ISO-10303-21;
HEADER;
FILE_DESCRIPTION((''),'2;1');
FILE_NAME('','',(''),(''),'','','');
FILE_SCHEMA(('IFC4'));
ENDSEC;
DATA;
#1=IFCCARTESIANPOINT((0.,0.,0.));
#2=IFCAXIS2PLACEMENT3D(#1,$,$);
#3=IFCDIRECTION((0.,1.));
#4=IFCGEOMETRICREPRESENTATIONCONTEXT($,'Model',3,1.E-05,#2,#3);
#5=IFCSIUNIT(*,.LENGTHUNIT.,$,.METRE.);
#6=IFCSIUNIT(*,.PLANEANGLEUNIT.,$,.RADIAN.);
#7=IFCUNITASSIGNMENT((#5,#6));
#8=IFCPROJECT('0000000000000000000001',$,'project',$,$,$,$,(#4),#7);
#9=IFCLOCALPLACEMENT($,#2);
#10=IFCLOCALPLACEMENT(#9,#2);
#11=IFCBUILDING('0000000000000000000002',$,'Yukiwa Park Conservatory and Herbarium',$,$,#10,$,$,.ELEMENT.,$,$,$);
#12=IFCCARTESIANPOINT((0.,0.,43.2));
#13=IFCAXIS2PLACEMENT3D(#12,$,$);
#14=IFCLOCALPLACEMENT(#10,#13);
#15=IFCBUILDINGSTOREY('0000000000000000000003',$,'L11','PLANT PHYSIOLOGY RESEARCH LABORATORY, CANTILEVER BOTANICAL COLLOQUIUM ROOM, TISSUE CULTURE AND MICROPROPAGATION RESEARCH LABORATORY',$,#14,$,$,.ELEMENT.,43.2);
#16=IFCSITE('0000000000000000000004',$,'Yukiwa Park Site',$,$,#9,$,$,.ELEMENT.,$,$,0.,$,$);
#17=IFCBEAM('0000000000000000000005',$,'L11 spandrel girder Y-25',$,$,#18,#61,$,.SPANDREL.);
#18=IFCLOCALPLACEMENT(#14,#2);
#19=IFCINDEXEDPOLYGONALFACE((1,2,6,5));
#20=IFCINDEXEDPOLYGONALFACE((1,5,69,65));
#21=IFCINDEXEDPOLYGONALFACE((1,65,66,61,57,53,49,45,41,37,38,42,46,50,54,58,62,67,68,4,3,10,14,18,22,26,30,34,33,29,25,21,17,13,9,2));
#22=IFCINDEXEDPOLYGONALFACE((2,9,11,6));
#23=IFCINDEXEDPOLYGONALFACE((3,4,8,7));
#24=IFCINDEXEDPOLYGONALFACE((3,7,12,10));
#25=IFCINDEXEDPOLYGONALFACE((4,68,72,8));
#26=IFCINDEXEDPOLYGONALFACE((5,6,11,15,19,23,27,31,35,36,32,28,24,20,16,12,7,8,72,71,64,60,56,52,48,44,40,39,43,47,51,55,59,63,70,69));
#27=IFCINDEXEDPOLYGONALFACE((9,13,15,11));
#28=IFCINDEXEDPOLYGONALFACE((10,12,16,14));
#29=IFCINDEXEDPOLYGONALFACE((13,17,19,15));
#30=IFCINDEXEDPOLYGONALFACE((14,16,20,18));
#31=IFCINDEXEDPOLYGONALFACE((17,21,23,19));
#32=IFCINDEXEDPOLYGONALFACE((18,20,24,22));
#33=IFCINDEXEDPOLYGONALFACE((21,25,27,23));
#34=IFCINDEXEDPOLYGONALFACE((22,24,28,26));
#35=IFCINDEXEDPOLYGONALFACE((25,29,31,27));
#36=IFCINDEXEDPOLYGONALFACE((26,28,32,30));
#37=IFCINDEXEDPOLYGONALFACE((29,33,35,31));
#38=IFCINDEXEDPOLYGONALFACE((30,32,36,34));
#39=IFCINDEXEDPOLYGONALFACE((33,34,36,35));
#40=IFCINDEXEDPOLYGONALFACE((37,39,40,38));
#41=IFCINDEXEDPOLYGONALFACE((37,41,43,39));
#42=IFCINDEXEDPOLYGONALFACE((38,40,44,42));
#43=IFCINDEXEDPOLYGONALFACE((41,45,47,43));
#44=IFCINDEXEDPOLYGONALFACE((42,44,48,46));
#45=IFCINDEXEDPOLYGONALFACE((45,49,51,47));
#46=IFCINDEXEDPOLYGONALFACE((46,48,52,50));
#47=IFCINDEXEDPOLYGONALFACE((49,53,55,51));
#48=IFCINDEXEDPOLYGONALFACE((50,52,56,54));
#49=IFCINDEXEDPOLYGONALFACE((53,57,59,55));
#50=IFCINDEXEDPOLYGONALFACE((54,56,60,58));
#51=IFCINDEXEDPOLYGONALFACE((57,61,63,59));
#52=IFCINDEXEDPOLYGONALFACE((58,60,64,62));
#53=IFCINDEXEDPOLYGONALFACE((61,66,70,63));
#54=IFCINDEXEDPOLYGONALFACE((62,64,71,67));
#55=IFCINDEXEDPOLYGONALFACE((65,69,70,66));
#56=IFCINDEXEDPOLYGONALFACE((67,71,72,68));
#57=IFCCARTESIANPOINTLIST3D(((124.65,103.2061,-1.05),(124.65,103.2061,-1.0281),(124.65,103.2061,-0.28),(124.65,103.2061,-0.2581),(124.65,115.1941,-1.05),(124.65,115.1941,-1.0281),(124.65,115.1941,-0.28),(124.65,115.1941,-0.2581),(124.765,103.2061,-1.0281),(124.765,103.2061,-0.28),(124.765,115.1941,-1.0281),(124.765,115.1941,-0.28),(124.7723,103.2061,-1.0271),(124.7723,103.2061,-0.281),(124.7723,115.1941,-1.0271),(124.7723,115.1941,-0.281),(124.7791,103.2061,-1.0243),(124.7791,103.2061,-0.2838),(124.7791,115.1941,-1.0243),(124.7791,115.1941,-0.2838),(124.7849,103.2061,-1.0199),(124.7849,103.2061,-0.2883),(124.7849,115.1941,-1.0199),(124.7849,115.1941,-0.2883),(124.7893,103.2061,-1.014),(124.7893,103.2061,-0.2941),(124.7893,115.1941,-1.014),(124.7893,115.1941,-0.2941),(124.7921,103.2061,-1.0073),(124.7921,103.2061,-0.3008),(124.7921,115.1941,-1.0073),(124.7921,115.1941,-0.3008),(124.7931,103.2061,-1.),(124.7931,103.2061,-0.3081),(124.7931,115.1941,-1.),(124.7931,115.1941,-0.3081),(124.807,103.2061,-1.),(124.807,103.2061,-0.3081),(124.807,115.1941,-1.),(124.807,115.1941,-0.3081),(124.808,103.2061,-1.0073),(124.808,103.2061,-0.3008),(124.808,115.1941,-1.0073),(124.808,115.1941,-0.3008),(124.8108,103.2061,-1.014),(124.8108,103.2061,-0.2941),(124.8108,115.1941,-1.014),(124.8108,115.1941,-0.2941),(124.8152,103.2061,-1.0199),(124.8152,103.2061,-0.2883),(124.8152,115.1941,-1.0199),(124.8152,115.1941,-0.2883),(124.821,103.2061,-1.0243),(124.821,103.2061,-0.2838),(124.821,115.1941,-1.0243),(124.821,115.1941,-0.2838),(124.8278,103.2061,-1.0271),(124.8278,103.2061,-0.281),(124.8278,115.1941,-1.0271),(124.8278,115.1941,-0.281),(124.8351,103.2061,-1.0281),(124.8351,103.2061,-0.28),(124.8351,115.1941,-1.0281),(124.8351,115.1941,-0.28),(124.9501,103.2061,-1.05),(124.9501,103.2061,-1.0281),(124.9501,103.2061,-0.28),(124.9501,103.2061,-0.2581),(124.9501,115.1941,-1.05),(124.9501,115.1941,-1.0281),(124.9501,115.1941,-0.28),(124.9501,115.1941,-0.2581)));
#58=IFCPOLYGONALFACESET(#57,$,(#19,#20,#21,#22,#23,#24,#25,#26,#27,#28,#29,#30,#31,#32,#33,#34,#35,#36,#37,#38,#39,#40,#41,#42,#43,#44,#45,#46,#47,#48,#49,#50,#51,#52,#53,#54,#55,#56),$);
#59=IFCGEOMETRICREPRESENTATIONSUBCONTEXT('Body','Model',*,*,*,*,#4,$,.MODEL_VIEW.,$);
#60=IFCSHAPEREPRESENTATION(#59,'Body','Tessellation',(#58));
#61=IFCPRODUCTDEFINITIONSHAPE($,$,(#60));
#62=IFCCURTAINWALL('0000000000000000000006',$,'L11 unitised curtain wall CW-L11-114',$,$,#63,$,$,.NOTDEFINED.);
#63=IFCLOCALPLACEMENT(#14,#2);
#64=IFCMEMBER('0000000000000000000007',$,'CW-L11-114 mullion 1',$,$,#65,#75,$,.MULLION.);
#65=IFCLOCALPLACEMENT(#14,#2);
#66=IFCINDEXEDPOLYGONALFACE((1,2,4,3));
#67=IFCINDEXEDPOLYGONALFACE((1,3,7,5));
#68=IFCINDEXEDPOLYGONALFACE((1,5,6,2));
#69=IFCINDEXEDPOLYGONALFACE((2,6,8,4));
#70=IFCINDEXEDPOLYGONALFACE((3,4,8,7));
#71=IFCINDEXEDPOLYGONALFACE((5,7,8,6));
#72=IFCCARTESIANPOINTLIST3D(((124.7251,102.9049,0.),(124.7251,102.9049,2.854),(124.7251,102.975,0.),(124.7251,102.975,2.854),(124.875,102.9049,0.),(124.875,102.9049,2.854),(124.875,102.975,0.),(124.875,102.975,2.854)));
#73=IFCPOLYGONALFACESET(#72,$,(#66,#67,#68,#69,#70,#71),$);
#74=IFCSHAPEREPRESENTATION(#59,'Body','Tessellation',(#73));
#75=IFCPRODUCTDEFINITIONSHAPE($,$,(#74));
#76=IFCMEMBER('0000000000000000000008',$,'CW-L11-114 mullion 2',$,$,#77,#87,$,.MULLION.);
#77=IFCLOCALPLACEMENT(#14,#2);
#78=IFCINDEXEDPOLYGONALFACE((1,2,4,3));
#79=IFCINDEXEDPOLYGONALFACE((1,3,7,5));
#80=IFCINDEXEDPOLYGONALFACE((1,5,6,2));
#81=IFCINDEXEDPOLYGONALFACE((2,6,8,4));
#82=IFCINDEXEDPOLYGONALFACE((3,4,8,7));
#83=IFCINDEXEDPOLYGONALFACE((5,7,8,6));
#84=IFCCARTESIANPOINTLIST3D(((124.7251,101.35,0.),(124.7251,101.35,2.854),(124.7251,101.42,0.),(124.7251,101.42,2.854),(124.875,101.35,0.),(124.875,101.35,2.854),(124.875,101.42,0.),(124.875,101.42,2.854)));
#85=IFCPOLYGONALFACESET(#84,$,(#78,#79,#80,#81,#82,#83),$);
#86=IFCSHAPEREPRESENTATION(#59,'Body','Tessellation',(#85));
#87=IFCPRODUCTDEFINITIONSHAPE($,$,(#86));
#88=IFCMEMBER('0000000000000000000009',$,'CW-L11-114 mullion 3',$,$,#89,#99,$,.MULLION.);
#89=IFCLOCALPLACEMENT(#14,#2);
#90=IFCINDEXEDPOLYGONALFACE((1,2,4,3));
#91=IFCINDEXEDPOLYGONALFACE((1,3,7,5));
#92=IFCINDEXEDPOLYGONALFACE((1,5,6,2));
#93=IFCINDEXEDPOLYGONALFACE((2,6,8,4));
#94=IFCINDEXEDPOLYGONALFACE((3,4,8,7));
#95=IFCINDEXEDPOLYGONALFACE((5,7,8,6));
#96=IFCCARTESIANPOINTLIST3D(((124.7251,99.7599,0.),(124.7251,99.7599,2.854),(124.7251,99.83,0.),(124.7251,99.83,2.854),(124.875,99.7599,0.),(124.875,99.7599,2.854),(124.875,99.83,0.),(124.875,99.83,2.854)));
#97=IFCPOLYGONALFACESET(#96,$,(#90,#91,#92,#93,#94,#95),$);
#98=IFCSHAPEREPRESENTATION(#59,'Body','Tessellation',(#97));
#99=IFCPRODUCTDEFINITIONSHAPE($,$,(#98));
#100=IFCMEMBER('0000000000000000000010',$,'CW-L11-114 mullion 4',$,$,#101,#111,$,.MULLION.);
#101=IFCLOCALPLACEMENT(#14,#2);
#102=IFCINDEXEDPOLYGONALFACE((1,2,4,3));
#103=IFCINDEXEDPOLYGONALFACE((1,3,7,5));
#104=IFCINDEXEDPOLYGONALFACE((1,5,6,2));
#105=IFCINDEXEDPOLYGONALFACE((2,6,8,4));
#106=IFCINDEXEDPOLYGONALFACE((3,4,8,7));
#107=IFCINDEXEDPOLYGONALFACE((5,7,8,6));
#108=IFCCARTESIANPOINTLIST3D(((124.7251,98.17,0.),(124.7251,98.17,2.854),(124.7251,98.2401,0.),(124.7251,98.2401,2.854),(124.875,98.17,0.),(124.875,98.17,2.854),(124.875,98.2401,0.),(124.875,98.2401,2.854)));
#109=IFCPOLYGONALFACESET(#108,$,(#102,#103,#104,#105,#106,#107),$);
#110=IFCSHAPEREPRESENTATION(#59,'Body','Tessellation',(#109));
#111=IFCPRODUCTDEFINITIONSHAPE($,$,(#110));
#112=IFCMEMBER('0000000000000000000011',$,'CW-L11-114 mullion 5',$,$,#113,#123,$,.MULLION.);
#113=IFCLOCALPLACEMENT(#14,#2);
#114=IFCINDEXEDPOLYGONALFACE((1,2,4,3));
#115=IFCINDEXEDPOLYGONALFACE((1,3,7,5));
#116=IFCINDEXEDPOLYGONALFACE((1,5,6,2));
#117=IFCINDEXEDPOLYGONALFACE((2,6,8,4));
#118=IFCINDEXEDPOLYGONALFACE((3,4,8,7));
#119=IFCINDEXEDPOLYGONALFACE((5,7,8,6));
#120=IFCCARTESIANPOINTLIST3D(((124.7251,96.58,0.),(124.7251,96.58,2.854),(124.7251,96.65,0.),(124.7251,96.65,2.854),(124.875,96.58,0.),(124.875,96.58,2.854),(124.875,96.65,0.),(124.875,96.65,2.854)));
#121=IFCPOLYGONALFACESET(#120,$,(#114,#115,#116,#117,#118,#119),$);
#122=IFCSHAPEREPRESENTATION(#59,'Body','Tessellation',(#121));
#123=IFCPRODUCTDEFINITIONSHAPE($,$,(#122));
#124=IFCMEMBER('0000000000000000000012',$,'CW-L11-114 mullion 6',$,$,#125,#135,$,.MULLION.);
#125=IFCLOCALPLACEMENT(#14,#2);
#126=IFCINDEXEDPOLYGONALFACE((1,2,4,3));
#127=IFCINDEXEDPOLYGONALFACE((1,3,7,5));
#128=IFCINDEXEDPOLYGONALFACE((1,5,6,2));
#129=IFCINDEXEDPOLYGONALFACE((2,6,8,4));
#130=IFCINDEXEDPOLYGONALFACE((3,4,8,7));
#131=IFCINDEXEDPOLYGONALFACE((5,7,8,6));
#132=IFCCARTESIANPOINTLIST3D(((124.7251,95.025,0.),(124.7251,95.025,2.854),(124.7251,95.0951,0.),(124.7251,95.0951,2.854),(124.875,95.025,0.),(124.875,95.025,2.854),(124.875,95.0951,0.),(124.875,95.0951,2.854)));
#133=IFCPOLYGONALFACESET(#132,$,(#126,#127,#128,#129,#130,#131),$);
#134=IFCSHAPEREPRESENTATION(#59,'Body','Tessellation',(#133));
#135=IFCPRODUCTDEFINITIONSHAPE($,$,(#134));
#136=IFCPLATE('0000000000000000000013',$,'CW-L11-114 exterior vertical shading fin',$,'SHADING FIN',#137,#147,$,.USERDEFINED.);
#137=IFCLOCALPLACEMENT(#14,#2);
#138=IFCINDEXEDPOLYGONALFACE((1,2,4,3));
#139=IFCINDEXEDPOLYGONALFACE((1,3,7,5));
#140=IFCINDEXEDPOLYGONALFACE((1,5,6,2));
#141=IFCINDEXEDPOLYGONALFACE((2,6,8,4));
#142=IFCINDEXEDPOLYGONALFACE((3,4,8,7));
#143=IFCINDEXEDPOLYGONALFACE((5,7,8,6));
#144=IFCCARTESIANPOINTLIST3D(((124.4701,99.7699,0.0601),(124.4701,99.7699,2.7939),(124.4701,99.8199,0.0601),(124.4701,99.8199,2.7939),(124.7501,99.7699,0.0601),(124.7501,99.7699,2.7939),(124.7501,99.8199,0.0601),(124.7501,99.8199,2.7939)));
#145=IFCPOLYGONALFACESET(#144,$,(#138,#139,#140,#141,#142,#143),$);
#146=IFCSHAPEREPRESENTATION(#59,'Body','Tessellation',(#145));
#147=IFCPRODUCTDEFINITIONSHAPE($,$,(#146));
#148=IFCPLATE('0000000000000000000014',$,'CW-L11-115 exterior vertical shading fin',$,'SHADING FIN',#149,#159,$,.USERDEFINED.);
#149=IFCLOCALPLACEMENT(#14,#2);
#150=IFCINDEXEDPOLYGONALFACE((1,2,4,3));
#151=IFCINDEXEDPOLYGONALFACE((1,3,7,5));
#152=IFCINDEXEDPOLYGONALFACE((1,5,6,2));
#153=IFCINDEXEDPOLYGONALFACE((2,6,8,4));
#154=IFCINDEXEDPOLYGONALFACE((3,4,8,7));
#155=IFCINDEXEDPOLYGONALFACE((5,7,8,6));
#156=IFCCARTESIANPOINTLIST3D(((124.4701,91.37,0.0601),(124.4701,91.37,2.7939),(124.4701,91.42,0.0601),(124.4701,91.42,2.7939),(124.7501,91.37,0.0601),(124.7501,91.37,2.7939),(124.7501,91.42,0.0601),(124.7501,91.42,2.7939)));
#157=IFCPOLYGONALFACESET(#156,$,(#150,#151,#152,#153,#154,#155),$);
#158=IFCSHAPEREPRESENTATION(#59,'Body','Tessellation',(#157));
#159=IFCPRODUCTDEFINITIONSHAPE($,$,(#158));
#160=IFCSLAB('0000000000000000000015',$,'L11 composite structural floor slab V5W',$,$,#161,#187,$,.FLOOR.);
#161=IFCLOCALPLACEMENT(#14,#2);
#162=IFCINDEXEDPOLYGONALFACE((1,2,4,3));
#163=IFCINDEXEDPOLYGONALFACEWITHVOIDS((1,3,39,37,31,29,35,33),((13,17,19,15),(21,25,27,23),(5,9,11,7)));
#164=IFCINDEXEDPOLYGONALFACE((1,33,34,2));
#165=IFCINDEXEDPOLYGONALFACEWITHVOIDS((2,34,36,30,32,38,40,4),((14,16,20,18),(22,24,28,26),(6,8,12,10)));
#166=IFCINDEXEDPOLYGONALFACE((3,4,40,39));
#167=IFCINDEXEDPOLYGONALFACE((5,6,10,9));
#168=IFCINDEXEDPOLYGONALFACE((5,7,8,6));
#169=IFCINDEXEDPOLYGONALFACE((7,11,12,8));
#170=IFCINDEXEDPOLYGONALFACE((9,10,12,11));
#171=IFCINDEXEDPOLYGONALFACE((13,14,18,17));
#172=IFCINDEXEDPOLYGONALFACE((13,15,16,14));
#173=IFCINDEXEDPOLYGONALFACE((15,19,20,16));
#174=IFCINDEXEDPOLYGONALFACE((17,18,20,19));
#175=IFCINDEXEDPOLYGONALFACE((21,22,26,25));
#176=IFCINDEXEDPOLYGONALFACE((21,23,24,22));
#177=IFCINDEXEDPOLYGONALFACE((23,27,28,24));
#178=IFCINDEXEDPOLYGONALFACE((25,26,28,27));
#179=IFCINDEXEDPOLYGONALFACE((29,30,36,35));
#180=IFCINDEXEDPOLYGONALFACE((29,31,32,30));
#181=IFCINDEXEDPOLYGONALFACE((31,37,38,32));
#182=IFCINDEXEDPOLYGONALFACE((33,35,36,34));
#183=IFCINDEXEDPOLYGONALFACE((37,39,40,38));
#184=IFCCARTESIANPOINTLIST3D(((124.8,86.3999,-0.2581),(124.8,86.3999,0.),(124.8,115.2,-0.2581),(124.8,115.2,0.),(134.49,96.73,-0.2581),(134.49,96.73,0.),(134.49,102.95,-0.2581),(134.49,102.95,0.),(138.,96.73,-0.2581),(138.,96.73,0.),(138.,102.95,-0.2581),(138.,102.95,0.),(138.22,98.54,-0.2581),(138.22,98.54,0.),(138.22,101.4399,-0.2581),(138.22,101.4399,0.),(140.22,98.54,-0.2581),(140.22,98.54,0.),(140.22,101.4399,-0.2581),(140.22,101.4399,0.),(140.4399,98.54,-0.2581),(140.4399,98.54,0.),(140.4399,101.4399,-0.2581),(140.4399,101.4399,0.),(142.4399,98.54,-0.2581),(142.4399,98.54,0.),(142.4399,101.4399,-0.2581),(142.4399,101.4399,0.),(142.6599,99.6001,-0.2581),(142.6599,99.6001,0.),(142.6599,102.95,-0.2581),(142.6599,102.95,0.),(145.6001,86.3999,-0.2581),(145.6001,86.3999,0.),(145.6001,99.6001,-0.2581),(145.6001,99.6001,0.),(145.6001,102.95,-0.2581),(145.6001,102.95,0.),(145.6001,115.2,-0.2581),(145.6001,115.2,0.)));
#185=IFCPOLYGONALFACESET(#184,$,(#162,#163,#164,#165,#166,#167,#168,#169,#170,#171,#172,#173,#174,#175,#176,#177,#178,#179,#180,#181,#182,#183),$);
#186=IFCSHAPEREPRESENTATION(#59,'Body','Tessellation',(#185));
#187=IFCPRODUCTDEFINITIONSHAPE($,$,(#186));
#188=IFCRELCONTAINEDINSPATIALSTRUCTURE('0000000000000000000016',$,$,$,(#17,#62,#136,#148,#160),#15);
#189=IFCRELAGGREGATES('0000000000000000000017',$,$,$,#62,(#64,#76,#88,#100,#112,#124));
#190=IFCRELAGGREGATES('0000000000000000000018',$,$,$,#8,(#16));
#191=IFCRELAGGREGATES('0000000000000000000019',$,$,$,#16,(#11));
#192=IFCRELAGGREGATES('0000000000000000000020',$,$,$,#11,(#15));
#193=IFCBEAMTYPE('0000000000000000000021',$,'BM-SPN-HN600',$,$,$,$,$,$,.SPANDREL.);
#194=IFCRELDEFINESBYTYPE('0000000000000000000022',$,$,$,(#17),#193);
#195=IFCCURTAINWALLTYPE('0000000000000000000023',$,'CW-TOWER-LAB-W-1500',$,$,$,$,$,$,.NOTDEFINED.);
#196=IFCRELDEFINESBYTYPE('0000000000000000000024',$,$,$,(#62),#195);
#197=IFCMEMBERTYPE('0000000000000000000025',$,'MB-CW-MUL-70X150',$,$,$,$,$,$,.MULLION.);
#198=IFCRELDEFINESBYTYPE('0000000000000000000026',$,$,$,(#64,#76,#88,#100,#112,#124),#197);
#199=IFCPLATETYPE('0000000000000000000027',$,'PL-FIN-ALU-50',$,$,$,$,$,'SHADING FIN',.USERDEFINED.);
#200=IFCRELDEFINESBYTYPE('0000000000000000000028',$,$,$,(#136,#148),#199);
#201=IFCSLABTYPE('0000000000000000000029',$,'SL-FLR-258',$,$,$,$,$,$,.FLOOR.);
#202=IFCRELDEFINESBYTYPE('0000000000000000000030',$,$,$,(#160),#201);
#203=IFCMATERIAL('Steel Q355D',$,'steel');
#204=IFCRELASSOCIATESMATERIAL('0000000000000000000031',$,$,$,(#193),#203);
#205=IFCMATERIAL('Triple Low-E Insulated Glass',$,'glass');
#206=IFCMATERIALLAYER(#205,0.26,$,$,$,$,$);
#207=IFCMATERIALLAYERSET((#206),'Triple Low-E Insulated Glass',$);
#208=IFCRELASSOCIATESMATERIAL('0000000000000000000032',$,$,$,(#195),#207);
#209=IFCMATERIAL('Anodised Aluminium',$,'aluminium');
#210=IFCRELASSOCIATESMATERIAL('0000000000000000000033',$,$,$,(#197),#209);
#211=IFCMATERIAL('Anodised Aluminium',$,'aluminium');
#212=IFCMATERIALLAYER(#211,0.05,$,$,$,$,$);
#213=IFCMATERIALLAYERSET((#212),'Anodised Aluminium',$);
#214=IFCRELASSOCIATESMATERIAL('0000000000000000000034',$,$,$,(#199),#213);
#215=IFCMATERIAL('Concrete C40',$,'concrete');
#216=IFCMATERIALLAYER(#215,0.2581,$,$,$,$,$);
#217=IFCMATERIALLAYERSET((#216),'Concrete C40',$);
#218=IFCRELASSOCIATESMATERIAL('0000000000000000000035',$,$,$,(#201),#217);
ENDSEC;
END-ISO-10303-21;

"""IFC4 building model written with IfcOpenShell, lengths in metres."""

from ifc_helpers import new_model, si_unit, direction, frame, origin, origin_2d, place, context, subcontext, project, spatial, polyline, rectangle, i_section, outline, extrude, material, layer, layer_set, material_profile, profile_set, type_object, element, aggregate, save


model = new_model("IFC4")

# Units and contexts
model_context = context("Model", 3, precision=1e-05, world=origin(), true_north=direction((0.0, 1.0)))
body_context = subcontext(model_context, "Body", "Model", "MODEL_VIEW")
ifc_project = project(units=[si_unit("LENGTHUNIT", "METRE"), si_unit("PLANEANGLEUNIT", "RADIAN")], contexts=[model_context])

# Site, building, storey
site_placement = place(None, origin())
site = spatial("IfcSite", under=ifc_project, at=site_placement, Name="Yukiwa Park Site", CompositionType="ELEMENT", RefElevation=0.0)
building_placement = place(site_placement, origin())
building = spatial("IfcBuilding", under=site, at=building_placement, Name="Yukiwa Park Conservatory and Herbarium", CompositionType="ELEMENT")
storey_placement = place(building_placement, frame((0.0, 0.0, 43.2)))
storey = spatial("IfcBuildingStorey", under=building, at=storey_placement, Name="L11", Description="PLANT PHYSIOLOGY RESEARCH LABORATORY, CANTILEVER BOTANICAL COLLOQUIUM ROOM, TISSUE CULTURE AND MICROPROPAGATION RESEARCH LABORATORY", CompositionType="ELEMENT", Elevation=43.2)

# Beam
ifc_material_1 = material(Name="Steel Q355D", Category="steel")
ifc_material_profile_1 = material_profile(ifc_material_1, i_section(OverallWidth=0.3, OverallDepth=0.792, WebThickness=0.0139, FlangeThickness=0.022, FilletRadius=0.0281, at=origin_2d()), Name="HN 792x300x14x22")
ifc_profile_set_1 = profile_set([ifc_material_profile_1], Name="Steel Q355D")
beam_type_1 = type_object("IfcBeamType", Name="BM-SPN-HN600", PredefinedType="SPANDREL", material=ifc_profile_set_1)
beam_1_placement = place(storey_placement, frame((124.8, 103.2061, -0.6541), z_axis=(0.0, 1.0, 0.0), x_axis=(-1.0, 0.0, 0.0)))
element("IfcBeam", 1, at=beam_1_placement, inside=storey, type_object=beam_type_1, Name="L11 spandrel girder Y-25", PredefinedType="SPANDREL", context=body_context, shape_type="SweptSolid", body=[
    extrude(i_section(OverallWidth=0.3, OverallDepth=0.792, WebThickness=0.0139, FlangeThickness=0.022, FilletRadius=0.0281, at=origin_2d()), origin(), (0.0, 0.0, 1.0), 11.988),
])

# Curtain wall, members
ifc_material_2 = material(Name="Triple Low-E Insulated Glass", Category="glass")
ifc_layer_1 = layer(ifc_material_2, 0.26)
ifc_layer_set_1 = layer_set([ifc_layer_1], Name="Triple Low-E Insulated Glass")
curtain_wall_type = type_object("IfcCurtainWallType", Name="CW-TOWER-LAB-W-1500", PredefinedType="NOTDEFINED", material=ifc_layer_set_1)
curtain_wall_placement = place(storey_placement, origin())
curtain_wall = element("IfcCurtainWall", 2, at=curtain_wall_placement, inside=storey, type_object=curtain_wall_type, Name="L11 unitised curtain wall CW-L11-114", PredefinedType="NOTDEFINED")
ifc_material_3 = material(Name="Anodised Aluminium", Category="aluminium")
member_type = type_object("IfcMemberType", Name="MB-CW-MUL-70X150", PredefinedType="MULLION", material=ifc_material_3)
member_1_placement = place(storey_placement, frame((124.8, 102.9399, 0.0), z_axis=(0.0, 0.0, 1.0), x_axis=(0.0, -1.0, 0.0)))
member_1 = element("IfcMember", 3, at=member_1_placement, type_object=member_type, Name="CW-L11-114 mullion 1", PredefinedType="MULLION", context=body_context, shape_type="SweptSolid", body=[
    extrude(rectangle(XDim=0.0701, YDim=0.1499, at=origin_2d()), origin(), (0.0, 0.0, 1.0), 2.854),
])
member_2_placement = place(storey_placement, frame((124.8, 101.385, 0.0), z_axis=(0.0, 0.0, 1.0), x_axis=(0.0, -1.0, 0.0)))
member_2 = element("IfcMember", 4, at=member_2_placement, type_object=member_type, Name="CW-L11-114 mullion 2", PredefinedType="MULLION", context=body_context, shape_type="SweptSolid", body=[
    extrude(rectangle(XDim=0.0701, YDim=0.1499, at=origin_2d()), origin(), (0.0, 0.0, 1.0), 2.854),
])
member_3_placement = place(storey_placement, frame((124.8, 99.7949, 0.0), z_axis=(0.0, 0.0, 1.0), x_axis=(0.0, -1.0, 0.0)))
member_3 = element("IfcMember", 5, at=member_3_placement, type_object=member_type, Name="CW-L11-114 mullion 3", PredefinedType="MULLION", context=body_context, shape_type="SweptSolid", body=[
    extrude(rectangle(XDim=0.0701, YDim=0.1499, at=origin_2d()), origin(), (0.0, 0.0, 1.0), 2.854),
])
member_4_placement = place(storey_placement, frame((124.8, 98.2051, 0.0), z_axis=(0.0, 0.0, 1.0), x_axis=(0.0, -1.0, 0.0)))
member_4 = element("IfcMember", 6, at=member_4_placement, type_object=member_type, Name="CW-L11-114 mullion 4", PredefinedType="MULLION", context=body_context, shape_type="SweptSolid", body=[
    extrude(rectangle(XDim=0.0701, YDim=0.1499, at=origin_2d()), origin(), (0.0, 0.0, 1.0), 2.854),
])
member_5_placement = place(storey_placement, frame((124.8, 96.615, 0.0), z_axis=(0.0, 0.0, 1.0), x_axis=(0.0, -1.0, 0.0)))
member_5 = element("IfcMember", 7, at=member_5_placement, type_object=member_type, Name="CW-L11-114 mullion 5", PredefinedType="MULLION", context=body_context, shape_type="SweptSolid", body=[
    extrude(rectangle(XDim=0.0701, YDim=0.1499, at=origin_2d()), origin(), (0.0, 0.0, 1.0), 2.854),
])
member_6_placement = place(storey_placement, frame((124.8, 95.0601, 0.0), z_axis=(0.0, 0.0, 1.0), x_axis=(0.0, -1.0, 0.0)))
member_6 = element("IfcMember", 8, at=member_6_placement, type_object=member_type, Name="CW-L11-114 mullion 6", PredefinedType="MULLION", context=body_context, shape_type="SweptSolid", body=[
    extrude(rectangle(XDim=0.0701, YDim=0.1499, at=origin_2d()), origin(), (0.0, 0.0, 1.0), 2.854),
])
aggregate(curtain_wall, [member_1, member_2, member_3, member_4, member_5, member_6])

# Plates
ifc_material_4 = material(Name="Anodised Aluminium", Category="aluminium")
ifc_layer_2 = layer(ifc_material_4, 0.05)
ifc_layer_set_2 = layer_set([ifc_layer_2], Name="Anodised Aluminium")
plate_type = type_object("IfcPlateType", Name="PL-FIN-ALU-50", ElementType="SHADING FIN", PredefinedType="USERDEFINED", material=ifc_layer_set_2)
for number, where, z_axis, x_axis, name in (
    (9, (124.6101, 99.7949, 0.0601), (0.0, 0.0, 1.0), (0.0, -1.0, 0.0), "CW-L11-114 exterior vertical shading fin"),
    (10, (124.6101, 91.395, 0.0601), (0.0, 0.0, 1.0), (0.0, -1.0, 0.0), "CW-L11-115 exterior vertical shading fin"),
):
    element("IfcPlate", number, at=place(storey_placement, frame(where, z_axis=z_axis, x_axis=x_axis)), inside=storey, type_object=plate_type, Name=name, ObjectType="SHADING FIN", PredefinedType="USERDEFINED", context=body_context, shape_type="SweptSolid", body=[
        extrude(rectangle(XDim=0.05, YDim=0.28, at=origin_2d()), origin(), (0.0, 0.0, 1.0), 2.7339),
    ])

# Slab
ifc_material_5 = material(Name="Concrete C40", Category="concrete")
ifc_layer_3 = layer(ifc_material_5, 0.2581)
ifc_layer_set_3 = layer_set([ifc_layer_3], Name="Concrete C40")
slab_type_1 = type_object("IfcSlabType", Name="SL-FLR-258", PredefinedType="FLOOR", material=ifc_layer_set_3)
slab_1_placement = place(storey_placement, frame((0.0, 0.0, -0.2581)))
element("IfcSlab", 11, at=slab_1_placement, inside=storey, type_object=slab_type_1, Name="L11 composite structural floor slab V5W", PredefinedType="FLOOR", context=body_context, shape_type="SweptSolid", body=[
    extrude(outline(polyline([(124.8, 115.2), (145.6001, 115.2), (145.6001, 102.95), (142.6599, 102.95), (142.6599, 99.6001), (145.6001, 99.6001), (145.6001, 86.3999), (124.8, 86.3999), (124.8, 115.2)]), holes=[polyline([(134.49, 102.95), (134.49, 96.73), (138.0, 96.73), (138.0, 102.95), (134.49, 102.95)]), polyline([(140.22, 101.4399), (138.22, 101.4399), (138.22, 98.54), (140.22, 98.54), (140.22, 101.4399)]), polyline([(140.4399, 101.4399), (140.4399, 98.54), (142.4399, 98.54), (142.4399, 101.4399), (140.4399, 101.4399)])]), origin(), (0.0, 0.0, 1.0), 0.2581),
])

save(model, "model.ifc")
